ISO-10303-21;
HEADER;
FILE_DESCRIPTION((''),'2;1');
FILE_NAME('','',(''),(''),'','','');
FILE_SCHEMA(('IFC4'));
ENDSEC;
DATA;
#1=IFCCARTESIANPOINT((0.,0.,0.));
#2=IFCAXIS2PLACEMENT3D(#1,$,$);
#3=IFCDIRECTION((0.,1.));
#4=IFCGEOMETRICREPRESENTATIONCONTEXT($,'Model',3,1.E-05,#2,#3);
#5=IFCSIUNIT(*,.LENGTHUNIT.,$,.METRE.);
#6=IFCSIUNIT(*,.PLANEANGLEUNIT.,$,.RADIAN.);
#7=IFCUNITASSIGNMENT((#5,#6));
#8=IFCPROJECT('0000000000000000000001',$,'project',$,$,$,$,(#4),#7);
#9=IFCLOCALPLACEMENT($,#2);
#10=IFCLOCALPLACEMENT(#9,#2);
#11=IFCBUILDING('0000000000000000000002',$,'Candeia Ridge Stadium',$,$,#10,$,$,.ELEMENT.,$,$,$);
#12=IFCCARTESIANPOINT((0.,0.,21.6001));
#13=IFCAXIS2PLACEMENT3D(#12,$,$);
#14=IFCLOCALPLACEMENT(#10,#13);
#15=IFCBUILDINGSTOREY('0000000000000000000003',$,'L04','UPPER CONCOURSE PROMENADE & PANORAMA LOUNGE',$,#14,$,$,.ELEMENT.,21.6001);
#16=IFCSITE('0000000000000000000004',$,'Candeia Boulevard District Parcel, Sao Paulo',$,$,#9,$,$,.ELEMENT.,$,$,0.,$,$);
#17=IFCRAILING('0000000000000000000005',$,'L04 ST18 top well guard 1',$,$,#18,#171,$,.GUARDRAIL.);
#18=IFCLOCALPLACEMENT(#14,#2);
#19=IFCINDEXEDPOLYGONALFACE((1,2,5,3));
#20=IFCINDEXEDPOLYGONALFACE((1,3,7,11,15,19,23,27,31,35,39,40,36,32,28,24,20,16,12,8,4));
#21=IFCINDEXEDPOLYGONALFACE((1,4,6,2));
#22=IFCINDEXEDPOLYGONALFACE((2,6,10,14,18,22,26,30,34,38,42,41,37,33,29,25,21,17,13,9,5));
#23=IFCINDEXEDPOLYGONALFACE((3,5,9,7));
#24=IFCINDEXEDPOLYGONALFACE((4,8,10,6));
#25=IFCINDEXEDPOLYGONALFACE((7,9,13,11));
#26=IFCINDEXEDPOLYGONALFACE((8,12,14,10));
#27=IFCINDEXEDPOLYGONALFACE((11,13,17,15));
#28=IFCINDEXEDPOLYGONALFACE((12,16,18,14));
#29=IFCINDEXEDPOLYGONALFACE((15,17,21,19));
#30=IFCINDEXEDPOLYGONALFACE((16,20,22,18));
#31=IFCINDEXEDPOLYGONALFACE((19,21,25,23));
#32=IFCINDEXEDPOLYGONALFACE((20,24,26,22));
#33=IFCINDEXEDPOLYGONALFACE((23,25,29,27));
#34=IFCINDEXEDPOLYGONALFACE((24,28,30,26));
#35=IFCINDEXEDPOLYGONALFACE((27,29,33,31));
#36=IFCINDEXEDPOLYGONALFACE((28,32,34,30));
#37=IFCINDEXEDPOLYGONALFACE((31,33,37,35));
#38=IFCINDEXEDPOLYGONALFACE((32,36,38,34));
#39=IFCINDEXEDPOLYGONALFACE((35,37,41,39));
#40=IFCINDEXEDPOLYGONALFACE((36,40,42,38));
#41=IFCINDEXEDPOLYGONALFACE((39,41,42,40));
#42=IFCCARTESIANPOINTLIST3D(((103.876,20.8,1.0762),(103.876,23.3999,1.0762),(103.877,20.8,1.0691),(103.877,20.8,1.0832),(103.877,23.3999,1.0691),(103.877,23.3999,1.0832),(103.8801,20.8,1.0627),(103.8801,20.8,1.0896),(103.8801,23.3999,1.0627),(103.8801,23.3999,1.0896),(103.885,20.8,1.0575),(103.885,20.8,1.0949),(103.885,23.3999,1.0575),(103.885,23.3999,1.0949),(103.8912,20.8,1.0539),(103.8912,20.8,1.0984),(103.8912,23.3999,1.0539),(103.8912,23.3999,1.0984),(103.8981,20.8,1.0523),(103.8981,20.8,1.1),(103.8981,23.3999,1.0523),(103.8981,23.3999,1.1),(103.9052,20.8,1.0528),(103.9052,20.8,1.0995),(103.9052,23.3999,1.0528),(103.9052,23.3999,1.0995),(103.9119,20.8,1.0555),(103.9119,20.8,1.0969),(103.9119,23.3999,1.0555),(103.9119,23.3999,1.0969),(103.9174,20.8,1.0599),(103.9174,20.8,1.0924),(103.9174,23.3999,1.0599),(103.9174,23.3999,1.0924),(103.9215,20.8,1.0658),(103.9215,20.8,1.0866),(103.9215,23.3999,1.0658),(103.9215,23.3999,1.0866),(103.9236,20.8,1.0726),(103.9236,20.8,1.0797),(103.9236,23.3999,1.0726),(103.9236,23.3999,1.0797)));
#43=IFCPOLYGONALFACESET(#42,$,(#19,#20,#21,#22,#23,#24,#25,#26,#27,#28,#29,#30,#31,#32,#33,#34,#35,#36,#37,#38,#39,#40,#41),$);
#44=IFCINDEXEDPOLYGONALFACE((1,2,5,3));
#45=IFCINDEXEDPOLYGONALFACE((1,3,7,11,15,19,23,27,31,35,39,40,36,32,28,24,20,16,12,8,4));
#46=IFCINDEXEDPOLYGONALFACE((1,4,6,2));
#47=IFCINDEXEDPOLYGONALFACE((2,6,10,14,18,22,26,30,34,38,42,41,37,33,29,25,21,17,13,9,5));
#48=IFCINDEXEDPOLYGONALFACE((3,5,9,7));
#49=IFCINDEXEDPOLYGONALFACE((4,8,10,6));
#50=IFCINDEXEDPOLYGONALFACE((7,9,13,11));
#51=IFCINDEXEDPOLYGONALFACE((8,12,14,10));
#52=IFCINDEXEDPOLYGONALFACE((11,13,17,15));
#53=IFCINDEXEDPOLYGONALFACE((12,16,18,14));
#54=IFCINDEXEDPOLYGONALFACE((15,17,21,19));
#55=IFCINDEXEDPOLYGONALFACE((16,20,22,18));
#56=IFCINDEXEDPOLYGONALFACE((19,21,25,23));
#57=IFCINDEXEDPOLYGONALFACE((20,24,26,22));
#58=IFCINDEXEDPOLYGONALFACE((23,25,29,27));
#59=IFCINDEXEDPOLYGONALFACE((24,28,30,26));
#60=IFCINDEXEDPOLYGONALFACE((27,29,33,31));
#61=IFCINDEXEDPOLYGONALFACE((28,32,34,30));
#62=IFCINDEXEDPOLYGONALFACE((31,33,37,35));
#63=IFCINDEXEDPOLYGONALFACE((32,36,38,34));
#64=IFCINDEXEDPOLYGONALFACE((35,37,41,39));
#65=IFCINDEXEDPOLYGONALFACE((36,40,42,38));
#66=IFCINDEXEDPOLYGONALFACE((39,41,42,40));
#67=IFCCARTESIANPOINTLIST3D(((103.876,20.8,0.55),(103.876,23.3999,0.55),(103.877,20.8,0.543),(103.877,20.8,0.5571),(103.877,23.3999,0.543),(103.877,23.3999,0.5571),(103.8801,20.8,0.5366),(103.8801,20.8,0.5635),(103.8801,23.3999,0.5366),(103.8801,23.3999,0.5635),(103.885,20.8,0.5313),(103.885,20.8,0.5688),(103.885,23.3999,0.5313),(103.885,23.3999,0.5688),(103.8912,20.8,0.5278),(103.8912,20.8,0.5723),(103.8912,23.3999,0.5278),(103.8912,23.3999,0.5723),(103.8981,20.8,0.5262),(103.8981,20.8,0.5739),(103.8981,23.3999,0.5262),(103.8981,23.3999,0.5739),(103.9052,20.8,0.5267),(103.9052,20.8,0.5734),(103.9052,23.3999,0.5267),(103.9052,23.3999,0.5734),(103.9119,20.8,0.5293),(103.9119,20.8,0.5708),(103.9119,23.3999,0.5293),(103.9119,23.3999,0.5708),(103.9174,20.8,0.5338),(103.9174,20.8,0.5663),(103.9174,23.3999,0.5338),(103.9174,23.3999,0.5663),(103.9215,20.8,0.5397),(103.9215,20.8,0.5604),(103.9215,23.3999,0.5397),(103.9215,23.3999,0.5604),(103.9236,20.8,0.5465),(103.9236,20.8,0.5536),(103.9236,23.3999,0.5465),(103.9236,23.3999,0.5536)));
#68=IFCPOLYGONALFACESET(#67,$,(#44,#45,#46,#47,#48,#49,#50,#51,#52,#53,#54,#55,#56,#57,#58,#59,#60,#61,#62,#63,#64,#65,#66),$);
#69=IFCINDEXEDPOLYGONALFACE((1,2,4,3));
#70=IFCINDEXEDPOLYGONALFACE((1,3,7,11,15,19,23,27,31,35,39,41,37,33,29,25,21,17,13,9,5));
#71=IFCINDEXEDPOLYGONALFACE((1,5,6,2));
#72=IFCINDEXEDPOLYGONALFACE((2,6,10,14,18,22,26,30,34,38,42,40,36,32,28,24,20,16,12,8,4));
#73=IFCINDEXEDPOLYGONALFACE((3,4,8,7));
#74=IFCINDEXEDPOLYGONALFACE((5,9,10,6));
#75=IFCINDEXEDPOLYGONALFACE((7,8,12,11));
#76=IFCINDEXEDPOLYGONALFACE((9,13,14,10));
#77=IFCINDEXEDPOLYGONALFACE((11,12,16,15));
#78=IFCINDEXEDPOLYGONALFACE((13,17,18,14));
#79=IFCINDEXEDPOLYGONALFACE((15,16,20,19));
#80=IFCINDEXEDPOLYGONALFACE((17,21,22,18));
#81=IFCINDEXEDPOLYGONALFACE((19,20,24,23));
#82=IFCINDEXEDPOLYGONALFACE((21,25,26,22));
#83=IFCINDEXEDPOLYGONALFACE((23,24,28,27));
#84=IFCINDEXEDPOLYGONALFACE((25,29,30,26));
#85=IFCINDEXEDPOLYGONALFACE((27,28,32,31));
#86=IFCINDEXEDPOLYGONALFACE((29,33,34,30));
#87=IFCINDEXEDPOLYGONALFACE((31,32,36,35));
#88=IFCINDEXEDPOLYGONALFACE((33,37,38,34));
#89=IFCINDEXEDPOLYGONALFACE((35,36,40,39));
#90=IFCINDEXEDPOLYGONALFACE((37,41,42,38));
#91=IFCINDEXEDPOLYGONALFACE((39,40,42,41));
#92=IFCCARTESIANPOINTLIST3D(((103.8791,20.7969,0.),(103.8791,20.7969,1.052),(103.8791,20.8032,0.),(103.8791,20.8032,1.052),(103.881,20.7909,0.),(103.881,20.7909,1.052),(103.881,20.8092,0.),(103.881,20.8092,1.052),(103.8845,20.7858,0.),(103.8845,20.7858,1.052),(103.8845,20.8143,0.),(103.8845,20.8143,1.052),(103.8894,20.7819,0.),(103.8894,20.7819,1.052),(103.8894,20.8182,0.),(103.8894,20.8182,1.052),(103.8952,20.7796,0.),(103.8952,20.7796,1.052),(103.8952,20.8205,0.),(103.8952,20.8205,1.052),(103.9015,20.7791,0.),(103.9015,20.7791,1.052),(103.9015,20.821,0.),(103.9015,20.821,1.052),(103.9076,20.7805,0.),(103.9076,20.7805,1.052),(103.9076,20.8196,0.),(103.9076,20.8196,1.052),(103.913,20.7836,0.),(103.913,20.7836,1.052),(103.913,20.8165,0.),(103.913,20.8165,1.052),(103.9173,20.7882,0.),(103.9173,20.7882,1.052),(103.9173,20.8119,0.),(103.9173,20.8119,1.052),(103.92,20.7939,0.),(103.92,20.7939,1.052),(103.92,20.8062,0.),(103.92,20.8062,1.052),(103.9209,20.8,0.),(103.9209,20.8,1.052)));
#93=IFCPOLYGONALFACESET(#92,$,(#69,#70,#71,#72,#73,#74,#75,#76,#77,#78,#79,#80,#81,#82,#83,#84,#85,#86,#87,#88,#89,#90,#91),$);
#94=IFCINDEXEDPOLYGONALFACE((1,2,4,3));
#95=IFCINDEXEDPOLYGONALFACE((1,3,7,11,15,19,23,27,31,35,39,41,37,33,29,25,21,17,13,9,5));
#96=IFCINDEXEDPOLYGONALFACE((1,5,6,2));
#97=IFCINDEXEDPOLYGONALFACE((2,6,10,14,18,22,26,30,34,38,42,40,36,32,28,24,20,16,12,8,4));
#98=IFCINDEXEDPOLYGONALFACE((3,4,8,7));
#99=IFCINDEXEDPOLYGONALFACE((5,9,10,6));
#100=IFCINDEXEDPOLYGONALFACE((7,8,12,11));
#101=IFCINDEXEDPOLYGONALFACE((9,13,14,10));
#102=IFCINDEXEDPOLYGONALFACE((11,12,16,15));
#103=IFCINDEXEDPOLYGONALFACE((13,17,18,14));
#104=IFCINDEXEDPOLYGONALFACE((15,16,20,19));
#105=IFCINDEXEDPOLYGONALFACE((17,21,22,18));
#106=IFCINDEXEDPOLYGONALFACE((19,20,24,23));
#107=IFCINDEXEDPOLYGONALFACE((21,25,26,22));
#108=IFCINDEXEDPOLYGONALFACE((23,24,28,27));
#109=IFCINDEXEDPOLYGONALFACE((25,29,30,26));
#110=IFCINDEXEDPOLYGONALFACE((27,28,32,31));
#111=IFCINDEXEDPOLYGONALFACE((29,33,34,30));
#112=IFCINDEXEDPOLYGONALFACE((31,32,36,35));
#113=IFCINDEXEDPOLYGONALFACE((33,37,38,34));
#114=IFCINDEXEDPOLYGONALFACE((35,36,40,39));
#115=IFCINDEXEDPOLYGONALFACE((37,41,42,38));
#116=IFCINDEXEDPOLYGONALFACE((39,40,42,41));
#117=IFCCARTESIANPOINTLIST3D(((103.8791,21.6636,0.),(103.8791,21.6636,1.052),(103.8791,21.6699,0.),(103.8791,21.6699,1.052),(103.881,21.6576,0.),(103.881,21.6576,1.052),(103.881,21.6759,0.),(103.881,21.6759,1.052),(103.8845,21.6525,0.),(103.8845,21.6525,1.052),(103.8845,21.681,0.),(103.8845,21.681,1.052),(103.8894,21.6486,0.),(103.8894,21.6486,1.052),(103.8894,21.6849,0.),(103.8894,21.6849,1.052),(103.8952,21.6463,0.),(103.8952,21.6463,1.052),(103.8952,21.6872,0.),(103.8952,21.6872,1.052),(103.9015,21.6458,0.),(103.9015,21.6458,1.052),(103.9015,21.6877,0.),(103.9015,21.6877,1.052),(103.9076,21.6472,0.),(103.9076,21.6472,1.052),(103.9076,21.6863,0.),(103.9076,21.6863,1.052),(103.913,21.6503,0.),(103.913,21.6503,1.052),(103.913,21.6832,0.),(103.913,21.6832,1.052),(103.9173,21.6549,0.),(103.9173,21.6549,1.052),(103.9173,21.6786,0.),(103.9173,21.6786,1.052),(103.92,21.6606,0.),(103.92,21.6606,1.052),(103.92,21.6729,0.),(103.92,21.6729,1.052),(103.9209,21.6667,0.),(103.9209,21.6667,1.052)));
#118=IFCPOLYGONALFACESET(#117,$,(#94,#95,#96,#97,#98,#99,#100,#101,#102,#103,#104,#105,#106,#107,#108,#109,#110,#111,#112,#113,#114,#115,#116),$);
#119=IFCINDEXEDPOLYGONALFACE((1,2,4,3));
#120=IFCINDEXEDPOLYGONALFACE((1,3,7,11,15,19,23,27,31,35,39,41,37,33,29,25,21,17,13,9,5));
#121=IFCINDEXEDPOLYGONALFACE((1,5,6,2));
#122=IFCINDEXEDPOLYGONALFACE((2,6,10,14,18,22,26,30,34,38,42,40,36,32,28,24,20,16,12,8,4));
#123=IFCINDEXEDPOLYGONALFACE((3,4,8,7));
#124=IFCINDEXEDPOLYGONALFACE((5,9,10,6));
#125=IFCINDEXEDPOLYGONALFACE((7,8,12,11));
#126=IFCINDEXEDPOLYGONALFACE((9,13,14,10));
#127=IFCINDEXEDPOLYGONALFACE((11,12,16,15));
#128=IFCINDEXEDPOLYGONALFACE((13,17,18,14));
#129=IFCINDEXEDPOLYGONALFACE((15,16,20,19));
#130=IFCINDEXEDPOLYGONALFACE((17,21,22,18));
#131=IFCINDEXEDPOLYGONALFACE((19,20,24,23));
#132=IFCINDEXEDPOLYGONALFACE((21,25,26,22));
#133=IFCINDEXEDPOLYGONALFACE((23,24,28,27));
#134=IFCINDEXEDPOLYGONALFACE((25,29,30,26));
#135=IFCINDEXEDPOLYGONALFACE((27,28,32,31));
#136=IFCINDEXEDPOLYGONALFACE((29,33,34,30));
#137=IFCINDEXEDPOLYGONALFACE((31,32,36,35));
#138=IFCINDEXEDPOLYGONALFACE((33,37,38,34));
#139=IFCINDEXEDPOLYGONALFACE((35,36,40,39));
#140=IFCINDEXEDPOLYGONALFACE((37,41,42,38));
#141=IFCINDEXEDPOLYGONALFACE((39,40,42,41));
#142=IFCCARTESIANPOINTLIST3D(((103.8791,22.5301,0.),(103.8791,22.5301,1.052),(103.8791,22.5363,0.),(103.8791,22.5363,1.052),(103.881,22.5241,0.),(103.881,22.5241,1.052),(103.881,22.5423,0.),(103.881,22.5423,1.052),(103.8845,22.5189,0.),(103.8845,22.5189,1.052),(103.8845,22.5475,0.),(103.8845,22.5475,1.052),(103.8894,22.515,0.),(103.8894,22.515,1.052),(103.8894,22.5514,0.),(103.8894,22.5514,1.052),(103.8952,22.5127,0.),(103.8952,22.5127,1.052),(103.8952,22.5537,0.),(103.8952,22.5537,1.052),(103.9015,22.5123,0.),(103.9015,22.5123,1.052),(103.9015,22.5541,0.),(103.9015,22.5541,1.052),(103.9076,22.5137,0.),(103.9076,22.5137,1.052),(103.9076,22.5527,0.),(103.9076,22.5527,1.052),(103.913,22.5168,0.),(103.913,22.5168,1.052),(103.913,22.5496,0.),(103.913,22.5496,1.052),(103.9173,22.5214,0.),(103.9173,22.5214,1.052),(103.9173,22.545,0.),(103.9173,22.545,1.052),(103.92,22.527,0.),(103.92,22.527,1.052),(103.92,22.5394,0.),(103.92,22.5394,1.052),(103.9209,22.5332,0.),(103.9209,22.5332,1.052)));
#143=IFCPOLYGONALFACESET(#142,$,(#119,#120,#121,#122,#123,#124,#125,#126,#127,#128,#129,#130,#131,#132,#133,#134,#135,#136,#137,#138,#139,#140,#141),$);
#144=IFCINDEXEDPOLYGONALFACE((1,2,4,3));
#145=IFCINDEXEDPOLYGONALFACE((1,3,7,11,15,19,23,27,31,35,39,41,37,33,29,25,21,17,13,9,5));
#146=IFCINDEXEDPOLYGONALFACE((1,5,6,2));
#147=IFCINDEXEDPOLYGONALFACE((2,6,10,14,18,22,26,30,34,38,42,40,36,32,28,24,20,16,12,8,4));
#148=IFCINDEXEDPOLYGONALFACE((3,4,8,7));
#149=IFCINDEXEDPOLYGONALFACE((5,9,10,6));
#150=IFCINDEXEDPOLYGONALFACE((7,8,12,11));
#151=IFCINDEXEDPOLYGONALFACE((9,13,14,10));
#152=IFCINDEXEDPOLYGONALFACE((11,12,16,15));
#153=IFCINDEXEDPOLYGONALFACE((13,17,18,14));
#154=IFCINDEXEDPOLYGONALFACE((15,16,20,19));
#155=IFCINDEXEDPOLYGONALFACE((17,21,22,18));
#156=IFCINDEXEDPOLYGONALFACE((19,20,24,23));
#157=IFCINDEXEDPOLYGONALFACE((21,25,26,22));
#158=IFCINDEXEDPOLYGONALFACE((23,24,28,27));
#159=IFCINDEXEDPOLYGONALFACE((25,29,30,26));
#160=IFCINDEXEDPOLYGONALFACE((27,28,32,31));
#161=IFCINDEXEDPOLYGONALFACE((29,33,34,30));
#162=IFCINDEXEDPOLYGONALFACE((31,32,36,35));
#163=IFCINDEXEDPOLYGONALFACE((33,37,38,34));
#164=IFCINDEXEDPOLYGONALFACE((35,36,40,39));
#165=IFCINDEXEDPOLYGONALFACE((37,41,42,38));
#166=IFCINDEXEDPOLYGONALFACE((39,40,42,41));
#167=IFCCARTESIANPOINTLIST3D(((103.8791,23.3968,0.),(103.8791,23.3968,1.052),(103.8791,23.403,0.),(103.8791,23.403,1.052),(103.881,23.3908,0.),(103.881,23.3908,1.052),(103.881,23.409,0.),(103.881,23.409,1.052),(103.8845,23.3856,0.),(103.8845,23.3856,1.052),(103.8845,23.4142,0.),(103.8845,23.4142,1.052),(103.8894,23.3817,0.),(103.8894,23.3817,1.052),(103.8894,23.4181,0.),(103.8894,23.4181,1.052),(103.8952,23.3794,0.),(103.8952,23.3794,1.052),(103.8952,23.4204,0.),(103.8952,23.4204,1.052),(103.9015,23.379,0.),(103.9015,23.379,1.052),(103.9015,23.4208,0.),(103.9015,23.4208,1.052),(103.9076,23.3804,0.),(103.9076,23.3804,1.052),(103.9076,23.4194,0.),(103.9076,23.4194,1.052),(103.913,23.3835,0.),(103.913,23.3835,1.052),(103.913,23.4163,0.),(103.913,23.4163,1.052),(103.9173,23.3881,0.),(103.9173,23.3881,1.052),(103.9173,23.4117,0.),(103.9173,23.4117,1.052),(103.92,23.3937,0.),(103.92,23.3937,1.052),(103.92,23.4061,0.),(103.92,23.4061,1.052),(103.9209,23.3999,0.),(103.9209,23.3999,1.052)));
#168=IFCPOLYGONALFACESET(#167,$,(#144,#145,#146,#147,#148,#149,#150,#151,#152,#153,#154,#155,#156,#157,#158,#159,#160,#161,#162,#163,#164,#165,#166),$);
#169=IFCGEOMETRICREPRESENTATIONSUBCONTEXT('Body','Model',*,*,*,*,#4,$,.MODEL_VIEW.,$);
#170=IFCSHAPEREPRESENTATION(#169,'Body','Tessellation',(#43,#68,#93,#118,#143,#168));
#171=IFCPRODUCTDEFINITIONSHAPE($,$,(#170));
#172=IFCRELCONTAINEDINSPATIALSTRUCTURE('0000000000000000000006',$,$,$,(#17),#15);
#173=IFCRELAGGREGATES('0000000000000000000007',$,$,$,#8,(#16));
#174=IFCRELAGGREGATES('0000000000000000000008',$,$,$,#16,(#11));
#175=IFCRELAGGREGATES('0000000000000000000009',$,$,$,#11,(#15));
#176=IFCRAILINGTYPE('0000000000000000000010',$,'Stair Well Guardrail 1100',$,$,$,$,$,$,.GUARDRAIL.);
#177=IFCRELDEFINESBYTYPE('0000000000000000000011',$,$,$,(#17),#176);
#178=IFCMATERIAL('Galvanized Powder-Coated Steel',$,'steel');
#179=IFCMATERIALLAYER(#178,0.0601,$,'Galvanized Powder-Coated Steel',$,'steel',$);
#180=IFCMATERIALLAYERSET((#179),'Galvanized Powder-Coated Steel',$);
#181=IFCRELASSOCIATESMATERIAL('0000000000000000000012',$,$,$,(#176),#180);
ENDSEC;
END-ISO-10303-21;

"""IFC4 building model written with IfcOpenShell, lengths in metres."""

from ifc_helpers import new_model, si_unit, direction, frame, origin, origin_2d, place, context, subcontext, project, spatial, circle, extrude, material, layer, layer_set, type_object, element, save


model = new_model("IFC4")

# Units and contexts
model_context = context("Model", 3, precision=1e-05, world=origin(), true_north=direction((0.0, 1.0)))
body_context = subcontext(model_context, "Body", "Model", "MODEL_VIEW")
ifc_project = project(units=[si_unit("LENGTHUNIT", "METRE"), si_unit("PLANEANGLEUNIT", "RADIAN")], contexts=[model_context])

# Site, building, storey
site_placement = place(None, origin())
site = spatial("IfcSite", under=ifc_project, at=site_placement, Name="Candeia Boulevard District Parcel, Sao Paulo", CompositionType="ELEMENT", RefElevation=0.0)
building_placement = place(site_placement, origin())
building = spatial("IfcBuilding", under=site, at=building_placement, Name="Candeia Ridge Stadium", CompositionType="ELEMENT")
storey_placement = place(building_placement, frame((0.0, 0.0, 21.6001)))
storey = spatial("IfcBuildingStorey", under=building, at=storey_placement, Name="L04", Description="UPPER CONCOURSE PROMENADE & PANORAMA LOUNGE", CompositionType="ELEMENT", Elevation=21.6001)

# Railing
ifc_material_1 = material(Name="Galvanized Powder-Coated Steel", Category="steel")
ifc_layer_1 = layer(ifc_material_1, 0.0601, Name="Galvanized Powder-Coated Steel", Category="steel")
ifc_layer_set_1 = layer_set([ifc_layer_1], Name="Galvanized Powder-Coated Steel")
railing_type_1 = type_object("IfcRailingType", Name="Stair Well Guardrail 1100", PredefinedType="GUARDRAIL", material=ifc_layer_set_1)
railing_1_placement = place(storey_placement, frame((103.8999, 20.8, 0.0)))
element("IfcRailing", 1, at=railing_1_placement, inside=storey, type_object=railing_type_1, Name="L04 ST18 top well guard 1", PredefinedType="GUARDRAIL", context=body_context, shape_type="SweptSolid", body=[
    extrude(circle(Radius=0.0239, at=origin_2d()), frame((0.0, 0.0, 1.0762), z_axis=(0.0, 1.0, 0.0), x_axis=(-1.0, 0.0, 0.0)), (0.0, 0.0, 1.0), 2.5999),
    extrude(circle(Radius=0.0239, at=origin_2d()), frame((0.0, 0.0, 0.55), z_axis=(0.0, 1.0, 0.0), x_axis=(-1.0, 0.0, 0.0)), (0.0, 0.0, 1.0), 2.5999),
    extrude(circle(Radius=0.021, at=origin_2d()), origin(), (0.0, 0.0, 1.0), 1.052),
    extrude(circle(Radius=0.021, at=origin_2d()), frame((0.0, 0.8667, 0.0)), (0.0, 0.0, 1.0), 1.052),
    extrude(circle(Radius=0.021, at=origin_2d()), frame((0.0, 1.7332, 0.0)), (0.0, 0.0, 1.0), 1.052),
    extrude(circle(Radius=0.021, at=origin_2d()), frame((0.0, 2.5999, 0.0)), (0.0, 0.0, 1.0), 1.052),
])

save(model, "model.ifc")
